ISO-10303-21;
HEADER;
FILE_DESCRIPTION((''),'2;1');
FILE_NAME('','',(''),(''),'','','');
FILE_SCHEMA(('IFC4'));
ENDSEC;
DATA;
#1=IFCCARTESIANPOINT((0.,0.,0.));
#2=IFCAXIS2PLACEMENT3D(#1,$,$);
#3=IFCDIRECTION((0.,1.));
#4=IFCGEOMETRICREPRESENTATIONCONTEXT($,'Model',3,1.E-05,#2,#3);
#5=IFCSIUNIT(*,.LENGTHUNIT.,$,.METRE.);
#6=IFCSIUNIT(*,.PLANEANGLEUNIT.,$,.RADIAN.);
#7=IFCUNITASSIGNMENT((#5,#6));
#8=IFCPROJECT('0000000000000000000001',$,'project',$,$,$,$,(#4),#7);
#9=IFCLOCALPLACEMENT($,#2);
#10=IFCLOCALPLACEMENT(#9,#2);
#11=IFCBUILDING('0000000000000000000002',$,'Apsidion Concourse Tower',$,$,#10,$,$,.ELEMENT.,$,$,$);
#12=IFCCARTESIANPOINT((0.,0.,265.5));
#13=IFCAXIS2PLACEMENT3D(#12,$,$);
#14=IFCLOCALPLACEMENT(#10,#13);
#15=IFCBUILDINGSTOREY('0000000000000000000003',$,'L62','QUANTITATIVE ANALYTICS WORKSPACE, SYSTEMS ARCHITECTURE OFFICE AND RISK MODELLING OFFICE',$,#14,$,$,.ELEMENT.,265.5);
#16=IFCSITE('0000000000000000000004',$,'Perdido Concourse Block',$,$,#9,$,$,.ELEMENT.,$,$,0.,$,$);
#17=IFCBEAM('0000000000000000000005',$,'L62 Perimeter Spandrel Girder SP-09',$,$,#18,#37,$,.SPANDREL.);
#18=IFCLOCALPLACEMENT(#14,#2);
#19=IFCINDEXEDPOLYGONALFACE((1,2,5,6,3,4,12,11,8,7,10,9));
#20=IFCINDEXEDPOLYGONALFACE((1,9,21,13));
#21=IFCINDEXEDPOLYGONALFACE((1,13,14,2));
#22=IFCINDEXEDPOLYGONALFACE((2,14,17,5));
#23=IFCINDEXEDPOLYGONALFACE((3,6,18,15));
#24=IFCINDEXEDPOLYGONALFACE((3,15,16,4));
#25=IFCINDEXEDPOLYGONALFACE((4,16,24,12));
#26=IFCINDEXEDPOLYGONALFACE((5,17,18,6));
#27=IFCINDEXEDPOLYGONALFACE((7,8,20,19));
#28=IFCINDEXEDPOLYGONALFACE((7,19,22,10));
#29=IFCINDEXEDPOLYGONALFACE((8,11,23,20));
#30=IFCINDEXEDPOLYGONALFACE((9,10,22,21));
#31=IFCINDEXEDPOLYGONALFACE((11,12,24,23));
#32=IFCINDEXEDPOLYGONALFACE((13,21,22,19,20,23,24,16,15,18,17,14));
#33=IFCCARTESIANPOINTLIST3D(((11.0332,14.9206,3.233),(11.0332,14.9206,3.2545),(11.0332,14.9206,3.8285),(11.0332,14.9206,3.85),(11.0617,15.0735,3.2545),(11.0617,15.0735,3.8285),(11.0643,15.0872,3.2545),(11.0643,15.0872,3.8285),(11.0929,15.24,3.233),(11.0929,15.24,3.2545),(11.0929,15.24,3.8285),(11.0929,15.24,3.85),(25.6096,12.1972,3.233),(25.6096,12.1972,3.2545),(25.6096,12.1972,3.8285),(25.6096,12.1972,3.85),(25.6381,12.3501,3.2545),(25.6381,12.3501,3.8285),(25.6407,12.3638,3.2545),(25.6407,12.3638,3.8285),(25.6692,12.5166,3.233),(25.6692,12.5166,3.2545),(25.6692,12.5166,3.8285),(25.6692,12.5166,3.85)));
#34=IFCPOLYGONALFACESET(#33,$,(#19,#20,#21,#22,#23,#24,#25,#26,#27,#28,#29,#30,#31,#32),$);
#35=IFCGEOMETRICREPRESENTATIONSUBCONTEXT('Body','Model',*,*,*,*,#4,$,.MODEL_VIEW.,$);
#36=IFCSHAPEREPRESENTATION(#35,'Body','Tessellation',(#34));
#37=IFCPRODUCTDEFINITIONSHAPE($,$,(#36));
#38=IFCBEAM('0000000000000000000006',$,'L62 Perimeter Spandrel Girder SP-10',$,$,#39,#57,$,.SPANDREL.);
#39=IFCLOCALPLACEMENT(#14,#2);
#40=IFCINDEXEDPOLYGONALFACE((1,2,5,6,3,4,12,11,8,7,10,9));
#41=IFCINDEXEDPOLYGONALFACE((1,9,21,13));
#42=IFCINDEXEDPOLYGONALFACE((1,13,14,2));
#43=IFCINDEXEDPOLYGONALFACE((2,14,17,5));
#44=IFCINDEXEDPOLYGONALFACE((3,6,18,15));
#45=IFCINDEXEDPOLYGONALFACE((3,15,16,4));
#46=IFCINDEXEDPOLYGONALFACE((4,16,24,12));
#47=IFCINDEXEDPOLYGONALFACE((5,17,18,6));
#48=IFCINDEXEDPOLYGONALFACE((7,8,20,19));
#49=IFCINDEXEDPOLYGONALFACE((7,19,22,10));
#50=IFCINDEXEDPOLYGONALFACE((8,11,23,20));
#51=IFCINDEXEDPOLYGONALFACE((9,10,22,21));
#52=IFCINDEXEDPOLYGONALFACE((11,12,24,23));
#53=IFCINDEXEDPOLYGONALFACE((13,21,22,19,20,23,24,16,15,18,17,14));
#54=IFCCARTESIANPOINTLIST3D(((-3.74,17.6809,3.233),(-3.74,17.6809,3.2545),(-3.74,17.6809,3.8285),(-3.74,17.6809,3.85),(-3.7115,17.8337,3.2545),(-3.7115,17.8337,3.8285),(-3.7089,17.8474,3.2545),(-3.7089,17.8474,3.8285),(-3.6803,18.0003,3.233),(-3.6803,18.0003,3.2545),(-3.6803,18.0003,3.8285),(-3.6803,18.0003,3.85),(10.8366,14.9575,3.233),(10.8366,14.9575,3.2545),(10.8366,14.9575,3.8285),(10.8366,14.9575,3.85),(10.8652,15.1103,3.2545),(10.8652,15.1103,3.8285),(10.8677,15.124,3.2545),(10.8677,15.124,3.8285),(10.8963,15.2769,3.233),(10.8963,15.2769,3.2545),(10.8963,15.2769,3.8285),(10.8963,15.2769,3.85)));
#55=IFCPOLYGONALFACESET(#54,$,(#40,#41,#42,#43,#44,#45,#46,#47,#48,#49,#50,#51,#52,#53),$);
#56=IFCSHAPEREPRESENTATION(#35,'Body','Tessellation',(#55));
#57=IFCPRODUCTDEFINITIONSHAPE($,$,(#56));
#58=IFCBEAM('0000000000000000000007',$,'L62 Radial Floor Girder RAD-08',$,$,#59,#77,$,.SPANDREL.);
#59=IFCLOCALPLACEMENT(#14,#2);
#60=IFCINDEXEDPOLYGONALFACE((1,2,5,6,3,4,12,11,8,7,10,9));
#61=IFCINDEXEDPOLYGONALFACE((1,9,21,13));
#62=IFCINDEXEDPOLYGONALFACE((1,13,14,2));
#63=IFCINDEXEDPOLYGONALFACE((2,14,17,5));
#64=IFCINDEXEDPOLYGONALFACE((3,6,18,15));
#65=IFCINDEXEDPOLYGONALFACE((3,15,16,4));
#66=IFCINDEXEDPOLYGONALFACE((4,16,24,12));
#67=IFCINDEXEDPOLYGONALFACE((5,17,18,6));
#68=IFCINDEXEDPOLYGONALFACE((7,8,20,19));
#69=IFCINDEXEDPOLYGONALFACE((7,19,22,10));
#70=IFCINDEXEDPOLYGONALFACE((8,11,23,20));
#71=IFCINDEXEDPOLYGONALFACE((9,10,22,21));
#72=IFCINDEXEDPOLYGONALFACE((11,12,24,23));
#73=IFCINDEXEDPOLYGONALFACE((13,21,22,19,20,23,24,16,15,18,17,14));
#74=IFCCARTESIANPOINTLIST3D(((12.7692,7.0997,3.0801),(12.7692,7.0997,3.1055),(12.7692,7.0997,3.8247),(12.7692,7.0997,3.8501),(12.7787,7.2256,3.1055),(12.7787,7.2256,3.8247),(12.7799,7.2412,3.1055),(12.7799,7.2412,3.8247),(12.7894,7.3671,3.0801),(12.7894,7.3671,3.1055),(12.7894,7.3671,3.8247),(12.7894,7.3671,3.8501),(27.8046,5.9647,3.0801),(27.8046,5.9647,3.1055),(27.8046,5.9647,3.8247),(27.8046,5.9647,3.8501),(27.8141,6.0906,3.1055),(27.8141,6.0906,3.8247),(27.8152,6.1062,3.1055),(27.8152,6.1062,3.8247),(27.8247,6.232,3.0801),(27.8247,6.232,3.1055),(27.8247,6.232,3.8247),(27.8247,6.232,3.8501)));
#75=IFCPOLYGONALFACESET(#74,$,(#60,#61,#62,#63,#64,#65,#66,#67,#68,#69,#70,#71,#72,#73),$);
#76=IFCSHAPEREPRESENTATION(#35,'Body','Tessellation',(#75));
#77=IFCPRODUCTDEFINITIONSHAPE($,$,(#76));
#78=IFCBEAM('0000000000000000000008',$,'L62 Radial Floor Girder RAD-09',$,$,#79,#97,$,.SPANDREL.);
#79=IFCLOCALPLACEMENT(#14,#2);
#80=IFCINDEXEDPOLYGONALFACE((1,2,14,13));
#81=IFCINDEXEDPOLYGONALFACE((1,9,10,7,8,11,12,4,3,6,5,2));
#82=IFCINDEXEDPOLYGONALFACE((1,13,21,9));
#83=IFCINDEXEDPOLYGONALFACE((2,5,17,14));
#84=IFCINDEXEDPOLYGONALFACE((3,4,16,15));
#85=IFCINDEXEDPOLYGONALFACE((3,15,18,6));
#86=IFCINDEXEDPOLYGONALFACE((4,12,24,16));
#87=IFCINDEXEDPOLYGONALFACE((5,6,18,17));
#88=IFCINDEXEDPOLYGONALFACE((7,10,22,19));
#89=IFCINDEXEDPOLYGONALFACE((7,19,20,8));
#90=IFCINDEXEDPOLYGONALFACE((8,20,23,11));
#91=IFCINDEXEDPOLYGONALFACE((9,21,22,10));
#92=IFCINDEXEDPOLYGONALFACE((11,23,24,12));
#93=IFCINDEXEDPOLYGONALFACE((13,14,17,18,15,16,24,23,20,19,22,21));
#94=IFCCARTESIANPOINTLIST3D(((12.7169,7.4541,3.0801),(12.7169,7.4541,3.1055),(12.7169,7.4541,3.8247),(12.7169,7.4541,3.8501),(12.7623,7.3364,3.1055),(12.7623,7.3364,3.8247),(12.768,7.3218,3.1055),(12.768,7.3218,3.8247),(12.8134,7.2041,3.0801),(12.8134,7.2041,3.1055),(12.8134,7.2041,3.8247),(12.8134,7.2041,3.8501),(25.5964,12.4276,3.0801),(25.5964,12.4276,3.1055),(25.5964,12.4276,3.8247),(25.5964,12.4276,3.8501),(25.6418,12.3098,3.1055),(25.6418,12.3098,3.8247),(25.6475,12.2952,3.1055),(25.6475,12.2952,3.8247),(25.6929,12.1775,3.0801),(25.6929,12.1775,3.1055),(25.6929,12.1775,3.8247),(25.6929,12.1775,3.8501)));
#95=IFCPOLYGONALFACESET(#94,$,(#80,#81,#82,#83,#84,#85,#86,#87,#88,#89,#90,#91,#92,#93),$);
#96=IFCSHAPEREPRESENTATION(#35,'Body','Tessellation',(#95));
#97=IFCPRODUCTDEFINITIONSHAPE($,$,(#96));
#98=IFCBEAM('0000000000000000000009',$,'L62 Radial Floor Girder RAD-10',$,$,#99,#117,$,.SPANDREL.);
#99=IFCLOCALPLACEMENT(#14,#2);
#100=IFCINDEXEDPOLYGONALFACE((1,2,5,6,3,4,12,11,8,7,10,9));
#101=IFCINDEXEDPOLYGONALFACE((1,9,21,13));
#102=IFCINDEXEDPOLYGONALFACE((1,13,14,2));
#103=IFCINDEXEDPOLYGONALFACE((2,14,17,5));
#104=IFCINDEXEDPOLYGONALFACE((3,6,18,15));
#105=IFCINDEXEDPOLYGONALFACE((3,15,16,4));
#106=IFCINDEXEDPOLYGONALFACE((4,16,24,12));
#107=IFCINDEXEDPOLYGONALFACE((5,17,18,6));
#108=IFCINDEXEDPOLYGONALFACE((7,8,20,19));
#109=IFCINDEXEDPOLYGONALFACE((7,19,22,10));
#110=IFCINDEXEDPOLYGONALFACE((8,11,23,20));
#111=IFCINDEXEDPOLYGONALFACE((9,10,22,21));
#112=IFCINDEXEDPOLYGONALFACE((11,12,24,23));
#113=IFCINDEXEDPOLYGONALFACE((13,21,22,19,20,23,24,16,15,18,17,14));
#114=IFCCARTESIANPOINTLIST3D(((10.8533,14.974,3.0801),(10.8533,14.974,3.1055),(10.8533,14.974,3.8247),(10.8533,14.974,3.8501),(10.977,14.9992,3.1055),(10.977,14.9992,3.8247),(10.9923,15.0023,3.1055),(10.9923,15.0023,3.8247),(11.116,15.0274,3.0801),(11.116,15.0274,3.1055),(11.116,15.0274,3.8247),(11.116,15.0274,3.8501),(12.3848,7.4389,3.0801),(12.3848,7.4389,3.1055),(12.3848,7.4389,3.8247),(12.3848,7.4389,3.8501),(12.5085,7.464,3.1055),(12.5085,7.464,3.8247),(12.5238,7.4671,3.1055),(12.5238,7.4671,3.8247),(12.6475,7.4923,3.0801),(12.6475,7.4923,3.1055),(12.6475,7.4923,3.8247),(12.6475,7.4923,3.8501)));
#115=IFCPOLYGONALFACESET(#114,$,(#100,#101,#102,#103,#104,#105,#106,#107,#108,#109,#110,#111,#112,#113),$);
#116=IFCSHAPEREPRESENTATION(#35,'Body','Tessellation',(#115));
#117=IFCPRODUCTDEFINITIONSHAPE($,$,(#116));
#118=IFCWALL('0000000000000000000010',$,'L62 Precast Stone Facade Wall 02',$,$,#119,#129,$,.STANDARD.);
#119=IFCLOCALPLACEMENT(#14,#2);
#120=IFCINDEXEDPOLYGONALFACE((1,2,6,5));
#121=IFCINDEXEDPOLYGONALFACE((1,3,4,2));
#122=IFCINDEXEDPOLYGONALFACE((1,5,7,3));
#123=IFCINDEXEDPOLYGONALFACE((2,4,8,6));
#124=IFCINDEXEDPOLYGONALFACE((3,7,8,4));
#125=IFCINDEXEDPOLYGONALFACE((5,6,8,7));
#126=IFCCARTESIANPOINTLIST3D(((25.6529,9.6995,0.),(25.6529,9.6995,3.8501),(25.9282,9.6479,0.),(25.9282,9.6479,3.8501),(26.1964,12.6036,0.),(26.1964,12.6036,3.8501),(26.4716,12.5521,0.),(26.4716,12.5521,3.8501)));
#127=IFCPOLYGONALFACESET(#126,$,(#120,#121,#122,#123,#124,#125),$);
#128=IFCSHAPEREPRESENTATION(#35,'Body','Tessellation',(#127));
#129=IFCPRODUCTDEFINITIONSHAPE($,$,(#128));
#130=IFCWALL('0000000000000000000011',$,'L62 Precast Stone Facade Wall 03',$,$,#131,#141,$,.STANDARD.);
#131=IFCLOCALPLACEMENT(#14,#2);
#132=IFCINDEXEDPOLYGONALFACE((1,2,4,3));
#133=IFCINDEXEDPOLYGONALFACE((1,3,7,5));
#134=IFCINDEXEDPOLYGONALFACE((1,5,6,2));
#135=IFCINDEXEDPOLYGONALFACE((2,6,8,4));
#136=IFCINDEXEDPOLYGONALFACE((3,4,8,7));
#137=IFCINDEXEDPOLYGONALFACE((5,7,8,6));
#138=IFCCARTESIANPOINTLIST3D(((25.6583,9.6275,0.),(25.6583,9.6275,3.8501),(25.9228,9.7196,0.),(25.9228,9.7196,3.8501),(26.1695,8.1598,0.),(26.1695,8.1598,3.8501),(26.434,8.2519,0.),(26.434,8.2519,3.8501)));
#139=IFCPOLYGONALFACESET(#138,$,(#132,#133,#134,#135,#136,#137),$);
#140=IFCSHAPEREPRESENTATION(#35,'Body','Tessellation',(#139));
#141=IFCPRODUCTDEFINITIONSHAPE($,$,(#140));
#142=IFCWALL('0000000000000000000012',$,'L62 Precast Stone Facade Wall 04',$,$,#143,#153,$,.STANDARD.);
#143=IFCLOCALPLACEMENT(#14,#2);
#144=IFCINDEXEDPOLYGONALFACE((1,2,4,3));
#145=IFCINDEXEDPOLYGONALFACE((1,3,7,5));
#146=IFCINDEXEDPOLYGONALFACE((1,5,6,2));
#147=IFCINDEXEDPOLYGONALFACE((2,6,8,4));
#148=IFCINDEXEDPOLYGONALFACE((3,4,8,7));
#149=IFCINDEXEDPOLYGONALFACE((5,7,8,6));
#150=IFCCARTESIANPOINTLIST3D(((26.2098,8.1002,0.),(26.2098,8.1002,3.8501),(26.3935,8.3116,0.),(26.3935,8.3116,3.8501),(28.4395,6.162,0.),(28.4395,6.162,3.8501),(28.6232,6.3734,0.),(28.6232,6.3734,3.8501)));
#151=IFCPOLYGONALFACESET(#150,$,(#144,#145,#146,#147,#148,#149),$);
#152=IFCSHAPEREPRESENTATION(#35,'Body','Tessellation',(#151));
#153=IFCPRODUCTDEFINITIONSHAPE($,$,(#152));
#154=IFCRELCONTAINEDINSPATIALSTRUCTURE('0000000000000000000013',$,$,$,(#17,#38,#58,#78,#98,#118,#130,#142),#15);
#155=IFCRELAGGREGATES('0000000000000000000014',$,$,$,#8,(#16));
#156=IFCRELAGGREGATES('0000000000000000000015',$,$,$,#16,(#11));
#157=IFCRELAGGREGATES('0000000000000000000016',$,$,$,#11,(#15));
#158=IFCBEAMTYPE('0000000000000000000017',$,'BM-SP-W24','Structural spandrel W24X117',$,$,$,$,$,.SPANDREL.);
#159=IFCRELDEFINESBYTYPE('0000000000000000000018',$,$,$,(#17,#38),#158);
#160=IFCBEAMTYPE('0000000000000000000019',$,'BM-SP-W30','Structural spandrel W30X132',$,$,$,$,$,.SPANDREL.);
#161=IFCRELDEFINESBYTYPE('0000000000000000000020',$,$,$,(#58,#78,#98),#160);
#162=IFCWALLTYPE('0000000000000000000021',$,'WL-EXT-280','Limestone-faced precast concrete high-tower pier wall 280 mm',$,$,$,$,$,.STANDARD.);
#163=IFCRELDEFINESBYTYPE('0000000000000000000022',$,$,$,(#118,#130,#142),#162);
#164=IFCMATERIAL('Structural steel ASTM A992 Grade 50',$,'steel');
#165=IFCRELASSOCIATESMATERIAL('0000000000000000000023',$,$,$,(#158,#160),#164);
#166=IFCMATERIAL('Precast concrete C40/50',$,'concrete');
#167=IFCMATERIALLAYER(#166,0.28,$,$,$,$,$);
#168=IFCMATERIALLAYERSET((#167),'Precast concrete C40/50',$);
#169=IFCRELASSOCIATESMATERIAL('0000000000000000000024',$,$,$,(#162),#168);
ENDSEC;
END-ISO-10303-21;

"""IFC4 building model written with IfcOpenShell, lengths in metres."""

from ifc_helpers import new_model, si_unit, direction, frame, frame_2d, origin, origin_2d, place, context, subcontext, project, spatial, rectangle, i_section, extrude, material, layer, layer_set, material_profile, profile_set, type_object, element, save


model = new_model("IFC4")

# Units and contexts
model_context = context("Model", 3, precision=1e-05, world=origin(), true_north=direction((0.0, 1.0)))
body_context = subcontext(model_context, "Body", "Model", "MODEL_VIEW")
ifc_project = project(units=[si_unit("LENGTHUNIT", "METRE"), si_unit("PLANEANGLEUNIT", "RADIAN")], contexts=[model_context])

# Site, building, storey
site_placement = place(None, origin())
site = spatial("IfcSite", under=ifc_project, at=site_placement, Name="Perdido Concourse Block", CompositionType="ELEMENT", RefElevation=0.0)
building_placement = place(site_placement, origin())
building = spatial("IfcBuilding", under=site, at=building_placement, Name="Apsidion Concourse Tower", CompositionType="ELEMENT")
storey_placement = place(building_placement, frame((0.0, 0.0, 265.5)))
storey = spatial("IfcBuildingStorey", under=building, at=storey_placement, Name="L62", Description="QUANTITATIVE ANALYTICS WORKSPACE, SYSTEMS ARCHITECTURE OFFICE AND RISK MODELLING OFFICE", CompositionType="ELEMENT", Elevation=265.5)

# Shared definitions
ifc_material_1 = material(Name="Structural steel ASTM A992 Grade 50", Category="steel")

# Beams
ifc_material_profile_1 = material_profile(ifc_material_1, i_section(OverallWidth=0.325, OverallDepth=0.6169, WebThickness=0.0139, FlangeThickness=0.0215, at=origin_2d()), Name="W24X117")
ifc_profile_set_1 = profile_set([ifc_material_profile_1], Name="Structural steel ASTM A992 Grade 50")
beam_type_1 = type_object("IfcBeamType", Name="BM-SP-W24", Description="Structural spandrel W24X117", PredefinedType="SPANDREL", material=ifc_profile_set_1)
beam_1_placement = place(storey_placement, frame((25.6394, 12.3569, 3.5415), z_axis=(-0.98299, 0.183657, 0.0), x_axis=(-0.183657, -0.98299, 0.0)))
element("IfcBeam", 1, at=beam_1_placement, inside=storey, type_object=beam_type_1, Name="L62 Perimeter Spandrel Girder SP-09", PredefinedType="SPANDREL", context=body_context, shape_type="SweptSolid", body=[
    extrude(i_section(OverallWidth=0.325, OverallDepth=0.6169, WebThickness=0.0139, FlangeThickness=0.0215, at=origin_2d()), origin(), (0.0, 0.0, 1.0), 14.8286),
])
beam_2_placement = place(storey_placement, frame((10.8665, 15.1172, 3.5415), z_axis=(-0.982991, 0.183654, 0.0), x_axis=(-0.183654, -0.982991, 0.0)))
element("IfcBeam", 2, at=beam_2_placement, inside=storey, type_object=beam_type_1, Name="L62 Perimeter Spandrel Girder SP-10", PredefinedType="SPANDREL", context=body_context, shape_type="SweptSolid", body=[
    extrude(i_section(OverallWidth=0.325, OverallDepth=0.6169, WebThickness=0.0139, FlangeThickness=0.0215, at=origin_2d()), origin(), (0.0, 0.0, 1.0), 14.8289),
])
ifc_material_profile_2 = material_profile(ifc_material_1, i_section(OverallWidth=0.2681, OverallDepth=0.77, WebThickness=0.0156, FlangeThickness=0.0254, at=origin_2d()), Name="W30X132")
ifc_profile_set_2 = profile_set([ifc_material_profile_2], Name="Structural steel ASTM A992 Grade 50")
beam_type_2 = type_object("IfcBeamType", Name="BM-SP-W30", Description="Structural spandrel W30X132", PredefinedType="SPANDREL", material=ifc_profile_set_2)
beam_3_placement = place(storey_placement, frame((12.7793, 7.2334, 3.4651), z_axis=(0.997163, -0.075275, 0.0), x_axis=(0.075275, 0.997163, 0.0)))
element("IfcBeam", 3, at=beam_3_placement, inside=storey, type_object=beam_type_2, Name="L62 Radial Floor Girder RAD-08", PredefinedType="SPANDREL", context=body_context, shape_type="SweptSolid", body=[
    extrude(i_section(OverallWidth=0.2681, OverallDepth=0.77, WebThickness=0.0156, FlangeThickness=0.0254, at=origin_2d()), origin(), (0.0, 0.0, 1.0), 15.0781),
])
beam_4_placement = place(storey_placement, frame((12.7651, 7.3291, 3.4651), z_axis=(0.932865, 0.360227, 0.0), x_axis=(-0.360227, 0.932865, 0.0)))
element("IfcBeam", 4, at=beam_4_placement, inside=storey, type_object=beam_type_2, Name="L62 Radial Floor Girder RAD-09", PredefinedType="SPANDREL", context=body_context, shape_type="SweptSolid", body=[
    extrude(i_section(OverallWidth=0.2681, OverallDepth=0.77, WebThickness=0.0156, FlangeThickness=0.0254, at=origin_2d()), origin(), (0.0, 0.0, 1.0), 13.8064),
])
beam_5_placement = place(storey_placement, frame((12.5161, 7.4656, 3.4651), z_axis=(-0.199174, 0.979964, 0.0), x_axis=(-0.979964, -0.199174, 0.0)))
element("IfcBeam", 5, at=beam_5_placement, inside=storey, type_object=beam_type_2, Name="L62 Radial Floor Girder RAD-10", PredefinedType="SPANDREL", context=body_context, shape_type="SweptSolid", body=[
    extrude(i_section(OverallWidth=0.2681, OverallDepth=0.77, WebThickness=0.0156, FlangeThickness=0.0254, at=origin_2d()), origin(), (0.0, 0.0, 1.0), 7.6892),
])

# Walls
ifc_material_2 = material(Name="Precast concrete C40/50", Category="concrete")
ifc_layer_1 = layer(ifc_material_2, 0.28)
ifc_layer_set_1 = layer_set([ifc_layer_1], Name="Precast concrete C40/50")
wall_type_1 = type_object("IfcWallType", Name="WL-EXT-280", Description="Limestone-faced precast concrete high-tower pier wall 280 mm", PredefinedType="STANDARD", material=ifc_layer_set_1)
wall_1_placement = place(storey_placement, frame((26.334, 12.5779, 0.0), z_axis=(0.0, 0.0, 1.0), x_axis=(-0.183929, -0.982939, 0.0)))
element("IfcWall", 6, at=wall_1_placement, inside=storey, type_object=wall_type_1, Name="L62 Precast Stone Facade Wall 02", PredefinedType="STANDARD", context=body_context, shape_type="SweptSolid", body=[
    extrude(rectangle(XDim=2.9546, YDim=0.28, at=frame_2d((1.4773, 0.0))), origin(), (0.0, 0.0, 1.0), 3.8501),
])
wall_2_placement = place(storey_placement, frame((25.7905, 9.6736, 0.0), z_axis=(0.0, 0.0, 1.0), x_axis=(0.328923, -0.944357, 0.0)))
element("IfcWall", 7, at=wall_2_placement, inside=storey, type_object=wall_type_1, Name="L62 Precast Stone Facade Wall 03", PredefinedType="STANDARD", context=body_context, shape_type="SweptSolid", body=[
    extrude(rectangle(XDim=1.5542, YDim=0.28, at=frame_2d((0.7771, 0.0))), origin(), (0.0, 0.0, 1.0), 3.8501),
])
wall_3_placement = place(storey_placement, frame((26.3018, 8.2058, 0.0), z_axis=(0.0, 0.0, 1.0), x_axis=(0.754718, -0.65605, 0.0)))
element("IfcWall", 8, at=wall_3_placement, inside=storey, type_object=wall_type_1, Name="L62 Precast Stone Facade Wall 04", PredefinedType="STANDARD", context=body_context, shape_type="SweptSolid", body=[
    extrude(rectangle(XDim=2.9543, YDim=0.28, at=frame_2d((1.4771, 0.0))), origin(), (0.0, 0.0, 1.0), 3.8501),
])

save(model, "model.ifc")
